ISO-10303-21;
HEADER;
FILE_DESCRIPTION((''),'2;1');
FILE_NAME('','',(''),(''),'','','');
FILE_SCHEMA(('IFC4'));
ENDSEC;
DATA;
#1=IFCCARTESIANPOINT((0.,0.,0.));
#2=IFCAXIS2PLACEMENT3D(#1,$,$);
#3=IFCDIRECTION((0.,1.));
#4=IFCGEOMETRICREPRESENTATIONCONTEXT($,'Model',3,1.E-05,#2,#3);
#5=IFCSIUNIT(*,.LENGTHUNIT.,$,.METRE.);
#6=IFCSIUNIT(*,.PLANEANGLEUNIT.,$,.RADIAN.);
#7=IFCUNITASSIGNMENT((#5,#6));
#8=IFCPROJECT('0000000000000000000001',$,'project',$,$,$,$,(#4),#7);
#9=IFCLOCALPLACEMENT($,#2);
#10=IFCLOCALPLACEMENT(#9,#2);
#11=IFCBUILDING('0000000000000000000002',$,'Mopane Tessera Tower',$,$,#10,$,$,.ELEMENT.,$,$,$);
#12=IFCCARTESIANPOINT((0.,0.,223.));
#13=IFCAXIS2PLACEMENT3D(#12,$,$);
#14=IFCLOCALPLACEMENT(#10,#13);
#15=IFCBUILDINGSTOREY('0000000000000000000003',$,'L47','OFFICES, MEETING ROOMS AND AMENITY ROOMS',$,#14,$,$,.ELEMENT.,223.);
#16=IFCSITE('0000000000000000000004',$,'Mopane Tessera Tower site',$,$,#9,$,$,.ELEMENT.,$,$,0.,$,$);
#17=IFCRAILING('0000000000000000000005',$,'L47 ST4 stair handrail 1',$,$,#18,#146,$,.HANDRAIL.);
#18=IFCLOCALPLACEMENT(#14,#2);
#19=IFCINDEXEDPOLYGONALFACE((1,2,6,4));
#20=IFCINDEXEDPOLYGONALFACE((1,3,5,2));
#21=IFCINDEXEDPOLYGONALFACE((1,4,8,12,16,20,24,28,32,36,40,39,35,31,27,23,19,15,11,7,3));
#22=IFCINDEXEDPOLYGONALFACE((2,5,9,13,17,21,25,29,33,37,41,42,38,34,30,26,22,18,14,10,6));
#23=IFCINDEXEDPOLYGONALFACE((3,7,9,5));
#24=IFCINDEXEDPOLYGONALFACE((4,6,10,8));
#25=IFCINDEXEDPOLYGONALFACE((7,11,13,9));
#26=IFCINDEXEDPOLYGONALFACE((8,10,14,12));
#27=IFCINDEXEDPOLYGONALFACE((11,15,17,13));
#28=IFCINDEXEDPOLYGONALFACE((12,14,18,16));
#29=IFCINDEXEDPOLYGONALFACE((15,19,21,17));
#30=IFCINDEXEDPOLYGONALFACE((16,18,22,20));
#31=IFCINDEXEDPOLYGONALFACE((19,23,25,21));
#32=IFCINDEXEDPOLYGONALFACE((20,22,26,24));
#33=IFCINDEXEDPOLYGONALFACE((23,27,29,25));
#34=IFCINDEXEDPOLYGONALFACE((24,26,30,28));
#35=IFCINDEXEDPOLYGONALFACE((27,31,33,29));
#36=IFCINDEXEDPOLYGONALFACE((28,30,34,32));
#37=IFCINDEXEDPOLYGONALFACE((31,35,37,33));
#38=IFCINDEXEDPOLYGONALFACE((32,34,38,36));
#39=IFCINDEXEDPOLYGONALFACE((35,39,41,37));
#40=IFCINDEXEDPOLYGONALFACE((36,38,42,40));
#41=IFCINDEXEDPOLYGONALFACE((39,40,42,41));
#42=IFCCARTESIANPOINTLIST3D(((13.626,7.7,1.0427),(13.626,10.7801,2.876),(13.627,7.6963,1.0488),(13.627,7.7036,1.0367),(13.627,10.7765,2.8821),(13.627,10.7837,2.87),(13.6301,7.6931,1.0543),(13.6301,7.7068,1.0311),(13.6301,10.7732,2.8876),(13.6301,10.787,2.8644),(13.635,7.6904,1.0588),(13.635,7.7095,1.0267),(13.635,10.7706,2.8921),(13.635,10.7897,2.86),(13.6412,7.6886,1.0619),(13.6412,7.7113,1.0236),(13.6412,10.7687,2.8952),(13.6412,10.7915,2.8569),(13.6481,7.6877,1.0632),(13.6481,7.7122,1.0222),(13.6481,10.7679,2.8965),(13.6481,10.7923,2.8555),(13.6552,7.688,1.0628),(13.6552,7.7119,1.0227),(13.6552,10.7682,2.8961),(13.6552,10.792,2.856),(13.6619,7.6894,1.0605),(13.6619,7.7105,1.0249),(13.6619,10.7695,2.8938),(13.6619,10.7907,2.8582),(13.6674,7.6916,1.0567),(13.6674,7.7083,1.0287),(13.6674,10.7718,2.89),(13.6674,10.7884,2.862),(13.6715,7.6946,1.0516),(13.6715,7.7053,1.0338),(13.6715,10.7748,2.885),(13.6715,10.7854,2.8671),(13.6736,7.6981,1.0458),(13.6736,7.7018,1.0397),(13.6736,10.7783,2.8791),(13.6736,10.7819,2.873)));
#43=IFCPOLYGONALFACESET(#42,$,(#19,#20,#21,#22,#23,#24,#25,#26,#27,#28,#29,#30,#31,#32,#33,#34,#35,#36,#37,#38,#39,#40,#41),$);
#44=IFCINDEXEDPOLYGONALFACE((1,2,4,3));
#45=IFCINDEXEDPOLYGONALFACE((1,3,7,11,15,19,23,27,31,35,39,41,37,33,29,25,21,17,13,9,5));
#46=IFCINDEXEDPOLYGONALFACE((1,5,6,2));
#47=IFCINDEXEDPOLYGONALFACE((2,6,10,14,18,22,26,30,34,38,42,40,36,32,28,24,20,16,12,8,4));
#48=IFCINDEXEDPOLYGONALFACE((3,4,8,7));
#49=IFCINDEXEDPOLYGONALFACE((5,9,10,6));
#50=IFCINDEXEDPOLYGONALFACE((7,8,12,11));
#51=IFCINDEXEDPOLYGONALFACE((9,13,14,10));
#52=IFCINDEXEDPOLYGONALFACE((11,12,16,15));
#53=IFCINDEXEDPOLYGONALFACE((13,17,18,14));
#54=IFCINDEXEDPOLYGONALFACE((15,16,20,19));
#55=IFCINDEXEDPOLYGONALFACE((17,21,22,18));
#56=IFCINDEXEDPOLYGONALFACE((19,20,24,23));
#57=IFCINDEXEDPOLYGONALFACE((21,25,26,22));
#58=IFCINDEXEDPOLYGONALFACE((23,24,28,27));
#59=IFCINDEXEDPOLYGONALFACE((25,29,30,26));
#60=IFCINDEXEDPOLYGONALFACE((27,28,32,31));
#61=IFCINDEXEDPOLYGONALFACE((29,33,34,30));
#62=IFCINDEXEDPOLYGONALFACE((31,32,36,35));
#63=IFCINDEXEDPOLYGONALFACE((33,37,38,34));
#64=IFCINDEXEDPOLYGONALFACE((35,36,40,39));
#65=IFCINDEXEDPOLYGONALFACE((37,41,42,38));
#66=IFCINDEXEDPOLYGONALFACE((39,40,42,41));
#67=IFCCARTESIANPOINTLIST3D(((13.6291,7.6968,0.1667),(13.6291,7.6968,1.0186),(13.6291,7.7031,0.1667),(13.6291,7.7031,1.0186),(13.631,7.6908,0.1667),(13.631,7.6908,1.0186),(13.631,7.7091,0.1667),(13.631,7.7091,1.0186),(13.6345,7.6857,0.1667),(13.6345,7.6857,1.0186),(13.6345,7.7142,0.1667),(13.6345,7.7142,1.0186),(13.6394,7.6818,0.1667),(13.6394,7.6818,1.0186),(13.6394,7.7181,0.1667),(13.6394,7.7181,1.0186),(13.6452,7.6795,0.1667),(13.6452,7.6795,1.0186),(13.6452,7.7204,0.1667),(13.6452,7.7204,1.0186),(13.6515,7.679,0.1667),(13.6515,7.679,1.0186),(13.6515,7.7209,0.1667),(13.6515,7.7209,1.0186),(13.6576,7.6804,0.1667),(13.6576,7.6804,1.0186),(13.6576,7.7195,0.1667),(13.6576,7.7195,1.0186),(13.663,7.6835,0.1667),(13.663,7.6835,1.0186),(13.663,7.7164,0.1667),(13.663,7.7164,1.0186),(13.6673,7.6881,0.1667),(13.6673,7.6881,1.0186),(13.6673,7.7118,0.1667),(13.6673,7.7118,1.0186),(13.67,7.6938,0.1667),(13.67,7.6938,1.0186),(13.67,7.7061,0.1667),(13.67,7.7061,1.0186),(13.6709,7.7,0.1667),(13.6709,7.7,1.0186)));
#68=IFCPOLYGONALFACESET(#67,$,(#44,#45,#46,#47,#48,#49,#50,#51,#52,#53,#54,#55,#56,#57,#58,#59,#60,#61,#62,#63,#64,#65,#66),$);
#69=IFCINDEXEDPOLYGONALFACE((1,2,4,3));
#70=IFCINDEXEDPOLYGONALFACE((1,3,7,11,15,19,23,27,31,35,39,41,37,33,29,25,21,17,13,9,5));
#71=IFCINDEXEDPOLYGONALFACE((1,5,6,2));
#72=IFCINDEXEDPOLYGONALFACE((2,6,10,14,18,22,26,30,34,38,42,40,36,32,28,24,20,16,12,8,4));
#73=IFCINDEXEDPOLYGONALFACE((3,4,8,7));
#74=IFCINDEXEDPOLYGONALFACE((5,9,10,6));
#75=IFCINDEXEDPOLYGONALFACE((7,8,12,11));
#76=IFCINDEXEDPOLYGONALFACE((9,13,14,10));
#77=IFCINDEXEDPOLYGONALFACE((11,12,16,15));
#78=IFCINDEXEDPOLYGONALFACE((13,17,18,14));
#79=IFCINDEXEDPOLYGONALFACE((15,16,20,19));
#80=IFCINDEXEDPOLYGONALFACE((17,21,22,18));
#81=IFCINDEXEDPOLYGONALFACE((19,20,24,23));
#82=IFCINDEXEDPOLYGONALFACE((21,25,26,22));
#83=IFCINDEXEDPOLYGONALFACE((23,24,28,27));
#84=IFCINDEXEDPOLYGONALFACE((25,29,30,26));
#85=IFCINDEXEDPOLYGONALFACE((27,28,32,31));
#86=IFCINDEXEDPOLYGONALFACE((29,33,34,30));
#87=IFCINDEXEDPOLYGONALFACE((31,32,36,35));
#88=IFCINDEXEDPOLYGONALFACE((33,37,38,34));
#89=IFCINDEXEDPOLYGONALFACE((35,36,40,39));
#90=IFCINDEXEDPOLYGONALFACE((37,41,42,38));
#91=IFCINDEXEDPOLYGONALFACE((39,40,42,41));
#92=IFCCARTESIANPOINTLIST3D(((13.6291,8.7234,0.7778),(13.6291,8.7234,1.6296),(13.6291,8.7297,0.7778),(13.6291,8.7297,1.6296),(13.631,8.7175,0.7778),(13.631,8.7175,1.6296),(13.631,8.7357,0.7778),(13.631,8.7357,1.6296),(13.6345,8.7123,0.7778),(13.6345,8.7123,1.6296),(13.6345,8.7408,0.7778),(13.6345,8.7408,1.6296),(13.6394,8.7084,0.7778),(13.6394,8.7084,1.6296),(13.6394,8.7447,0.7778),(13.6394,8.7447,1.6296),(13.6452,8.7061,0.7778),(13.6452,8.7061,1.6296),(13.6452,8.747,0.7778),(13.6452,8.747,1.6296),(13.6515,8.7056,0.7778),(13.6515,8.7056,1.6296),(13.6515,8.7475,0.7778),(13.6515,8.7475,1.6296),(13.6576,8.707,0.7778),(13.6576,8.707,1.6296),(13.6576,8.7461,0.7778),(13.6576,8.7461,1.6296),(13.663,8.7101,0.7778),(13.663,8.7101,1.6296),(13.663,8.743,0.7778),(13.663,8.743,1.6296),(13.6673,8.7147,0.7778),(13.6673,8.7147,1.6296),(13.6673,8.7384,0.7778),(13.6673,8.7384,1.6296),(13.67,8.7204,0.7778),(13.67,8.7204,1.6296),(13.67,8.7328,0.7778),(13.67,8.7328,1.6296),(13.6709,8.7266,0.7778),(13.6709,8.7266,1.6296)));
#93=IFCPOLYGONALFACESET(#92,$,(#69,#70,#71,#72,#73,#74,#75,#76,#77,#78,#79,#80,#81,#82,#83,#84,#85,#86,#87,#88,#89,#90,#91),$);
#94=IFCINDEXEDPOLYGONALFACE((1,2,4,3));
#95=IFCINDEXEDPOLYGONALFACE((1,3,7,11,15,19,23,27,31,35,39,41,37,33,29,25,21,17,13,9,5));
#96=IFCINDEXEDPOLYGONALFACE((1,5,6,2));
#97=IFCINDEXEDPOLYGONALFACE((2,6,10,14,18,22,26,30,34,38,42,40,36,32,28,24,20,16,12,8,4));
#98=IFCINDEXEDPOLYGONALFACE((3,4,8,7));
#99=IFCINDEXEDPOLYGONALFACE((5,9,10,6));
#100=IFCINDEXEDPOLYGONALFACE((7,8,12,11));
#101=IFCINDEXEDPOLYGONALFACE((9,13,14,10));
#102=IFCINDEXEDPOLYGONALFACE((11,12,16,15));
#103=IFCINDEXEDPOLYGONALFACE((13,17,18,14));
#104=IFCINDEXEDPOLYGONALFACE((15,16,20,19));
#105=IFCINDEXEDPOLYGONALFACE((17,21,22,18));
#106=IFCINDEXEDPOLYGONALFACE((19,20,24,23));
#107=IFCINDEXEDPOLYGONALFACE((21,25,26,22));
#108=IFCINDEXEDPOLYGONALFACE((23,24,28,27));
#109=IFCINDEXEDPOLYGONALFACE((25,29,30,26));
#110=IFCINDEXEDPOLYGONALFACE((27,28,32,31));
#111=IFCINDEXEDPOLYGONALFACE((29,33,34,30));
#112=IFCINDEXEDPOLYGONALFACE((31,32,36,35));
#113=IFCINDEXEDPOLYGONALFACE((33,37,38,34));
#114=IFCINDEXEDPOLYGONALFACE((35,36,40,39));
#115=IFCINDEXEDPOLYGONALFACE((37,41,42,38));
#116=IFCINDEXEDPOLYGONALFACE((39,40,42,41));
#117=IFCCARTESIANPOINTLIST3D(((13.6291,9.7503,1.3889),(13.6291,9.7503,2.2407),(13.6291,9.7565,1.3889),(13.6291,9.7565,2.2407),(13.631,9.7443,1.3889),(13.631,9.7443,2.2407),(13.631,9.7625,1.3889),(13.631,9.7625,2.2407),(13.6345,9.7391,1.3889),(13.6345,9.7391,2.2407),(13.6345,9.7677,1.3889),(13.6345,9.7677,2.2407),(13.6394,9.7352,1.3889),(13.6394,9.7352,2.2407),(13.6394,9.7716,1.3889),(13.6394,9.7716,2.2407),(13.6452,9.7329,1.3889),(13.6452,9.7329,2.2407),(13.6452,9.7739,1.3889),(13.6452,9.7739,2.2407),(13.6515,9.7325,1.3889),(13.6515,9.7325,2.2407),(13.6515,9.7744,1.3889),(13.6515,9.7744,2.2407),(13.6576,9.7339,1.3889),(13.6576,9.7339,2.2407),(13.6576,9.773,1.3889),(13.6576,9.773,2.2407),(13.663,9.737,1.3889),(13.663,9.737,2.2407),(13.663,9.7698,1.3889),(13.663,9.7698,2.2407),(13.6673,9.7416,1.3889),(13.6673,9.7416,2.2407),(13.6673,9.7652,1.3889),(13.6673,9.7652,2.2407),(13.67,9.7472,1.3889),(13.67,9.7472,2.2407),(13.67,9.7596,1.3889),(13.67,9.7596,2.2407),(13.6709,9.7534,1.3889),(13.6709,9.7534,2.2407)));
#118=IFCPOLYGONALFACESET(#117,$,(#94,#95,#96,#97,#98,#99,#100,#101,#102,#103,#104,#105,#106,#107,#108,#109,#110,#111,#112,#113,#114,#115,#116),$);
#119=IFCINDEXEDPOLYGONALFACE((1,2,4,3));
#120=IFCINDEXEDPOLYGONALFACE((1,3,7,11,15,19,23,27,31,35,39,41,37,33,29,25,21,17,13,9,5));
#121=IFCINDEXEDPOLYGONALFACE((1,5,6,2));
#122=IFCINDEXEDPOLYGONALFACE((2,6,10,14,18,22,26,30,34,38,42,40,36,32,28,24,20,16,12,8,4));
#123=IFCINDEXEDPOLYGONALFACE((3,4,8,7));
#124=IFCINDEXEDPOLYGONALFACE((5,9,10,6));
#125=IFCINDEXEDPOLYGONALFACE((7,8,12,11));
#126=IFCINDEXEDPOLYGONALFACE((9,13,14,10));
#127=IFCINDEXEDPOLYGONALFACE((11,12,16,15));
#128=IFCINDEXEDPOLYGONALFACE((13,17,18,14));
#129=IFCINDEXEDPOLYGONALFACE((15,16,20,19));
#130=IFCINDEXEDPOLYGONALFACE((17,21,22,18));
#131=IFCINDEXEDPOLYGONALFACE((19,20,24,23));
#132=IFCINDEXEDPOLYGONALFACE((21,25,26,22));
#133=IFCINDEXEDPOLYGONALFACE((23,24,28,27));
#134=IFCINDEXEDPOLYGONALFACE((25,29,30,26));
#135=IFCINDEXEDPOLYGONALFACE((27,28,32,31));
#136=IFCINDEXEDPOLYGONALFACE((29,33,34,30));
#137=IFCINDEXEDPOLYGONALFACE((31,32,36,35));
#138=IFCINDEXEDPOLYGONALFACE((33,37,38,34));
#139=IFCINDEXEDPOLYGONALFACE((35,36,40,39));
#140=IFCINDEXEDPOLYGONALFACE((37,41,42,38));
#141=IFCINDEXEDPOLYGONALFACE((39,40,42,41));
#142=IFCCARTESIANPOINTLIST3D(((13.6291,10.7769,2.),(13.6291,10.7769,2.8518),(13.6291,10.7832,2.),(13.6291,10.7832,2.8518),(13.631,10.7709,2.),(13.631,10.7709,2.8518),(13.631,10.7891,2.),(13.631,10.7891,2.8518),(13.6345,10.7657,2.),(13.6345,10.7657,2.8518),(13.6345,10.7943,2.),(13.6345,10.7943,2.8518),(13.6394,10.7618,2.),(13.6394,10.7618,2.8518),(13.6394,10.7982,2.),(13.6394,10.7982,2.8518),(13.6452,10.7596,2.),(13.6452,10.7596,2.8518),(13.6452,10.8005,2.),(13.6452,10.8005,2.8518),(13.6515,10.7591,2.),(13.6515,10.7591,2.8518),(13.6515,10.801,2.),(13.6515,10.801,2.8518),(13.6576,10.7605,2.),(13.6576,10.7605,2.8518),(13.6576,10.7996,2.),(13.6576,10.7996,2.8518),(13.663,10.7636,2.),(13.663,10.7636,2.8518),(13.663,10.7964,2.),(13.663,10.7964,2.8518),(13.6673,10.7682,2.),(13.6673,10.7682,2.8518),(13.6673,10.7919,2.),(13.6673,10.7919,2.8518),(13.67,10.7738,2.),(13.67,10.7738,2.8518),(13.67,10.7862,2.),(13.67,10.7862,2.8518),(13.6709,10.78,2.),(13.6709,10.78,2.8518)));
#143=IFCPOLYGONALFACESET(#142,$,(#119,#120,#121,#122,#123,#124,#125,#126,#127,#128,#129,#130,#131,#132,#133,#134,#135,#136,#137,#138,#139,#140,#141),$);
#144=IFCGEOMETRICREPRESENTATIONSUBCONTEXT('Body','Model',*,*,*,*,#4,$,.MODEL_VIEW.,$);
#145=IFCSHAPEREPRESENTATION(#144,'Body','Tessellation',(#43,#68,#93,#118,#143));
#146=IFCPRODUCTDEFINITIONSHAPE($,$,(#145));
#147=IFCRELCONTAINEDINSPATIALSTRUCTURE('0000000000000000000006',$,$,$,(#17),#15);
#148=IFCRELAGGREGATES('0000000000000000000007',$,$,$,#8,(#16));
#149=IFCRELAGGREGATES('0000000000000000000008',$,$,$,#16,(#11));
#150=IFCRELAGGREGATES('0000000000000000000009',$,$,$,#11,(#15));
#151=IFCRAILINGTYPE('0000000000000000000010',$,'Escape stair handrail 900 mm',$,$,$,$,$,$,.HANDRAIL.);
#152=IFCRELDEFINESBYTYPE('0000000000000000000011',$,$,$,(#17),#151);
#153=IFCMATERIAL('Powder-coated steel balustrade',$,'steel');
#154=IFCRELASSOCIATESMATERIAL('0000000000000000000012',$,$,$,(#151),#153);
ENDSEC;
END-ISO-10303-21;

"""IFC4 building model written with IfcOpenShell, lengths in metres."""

from ifc_helpers import new_model, si_unit, direction, frame, origin, origin_2d, place, context, subcontext, project, spatial, circle, extrude, material, type_object, element, save


model = new_model("IFC4")

# Units and contexts
model_context = context("Model", 3, precision=1e-05, world=origin(), true_north=direction((0.0, 1.0)))
body_context = subcontext(model_context, "Body", "Model", "MODEL_VIEW")
ifc_project = project(units=[si_unit("LENGTHUNIT", "METRE"), si_unit("PLANEANGLEUNIT", "RADIAN")], contexts=[model_context])

# Site, building, storey
site_placement = place(None, origin())
site = spatial("IfcSite", under=ifc_project, at=site_placement, Name="Mopane Tessera Tower site", CompositionType="ELEMENT", RefElevation=0.0)
building_placement = place(site_placement, origin())
building = spatial("IfcBuilding", under=site, at=building_placement, Name="Mopane Tessera Tower", CompositionType="ELEMENT")
storey_placement = place(building_placement, frame((0.0, 0.0, 223.0)))
storey = spatial("IfcBuildingStorey", under=building, at=storey_placement, Name="L47", Description="OFFICES, MEETING ROOMS AND AMENITY ROOMS", CompositionType="ELEMENT", Elevation=223.0)

# Railing
ifc_material_1 = material(Name="Powder-coated steel balustrade", Category="steel")
railing_type_1 = type_object("IfcRailingType", Name="Escape stair handrail 900 mm", PredefinedType="HANDRAIL", material=ifc_material_1)
railing_1_placement = place(storey_placement, frame((13.6499, 7.7, 0.1667)))
element("IfcRailing", 1, at=railing_1_placement, inside=storey, type_object=railing_type_1, Name="L47 ST4 stair handrail 1", PredefinedType="HANDRAIL", context=body_context, shape_type="SweptSolid", body=[
    extrude(circle(Radius=0.0239, at=origin_2d()), frame((0.0, 0.0, 0.876), z_axis=(0.0, 0.859309, 0.511458), x_axis=(-1.0, 0.0, 0.0)), (0.0, 0.0, 1.0), 3.5845),
    extrude(circle(Radius=0.021, at=origin_2d()), origin(), (0.0, 0.0, 1.0), 0.8518),
    extrude(circle(Radius=0.021, at=origin_2d()), frame((0.0, 1.0266, 0.6111)), (0.0, 0.0, 1.0), 0.8518),
    extrude(circle(Radius=0.021, at=origin_2d()), frame((0.0, 2.0535, 1.2222)), (0.0, 0.0, 1.0), 0.8518),
    extrude(circle(Radius=0.021, at=origin_2d()), frame((0.0, 3.0801, 1.8333)), (0.0, 0.0, 1.0), 0.8518),
])

save(model, "model.ifc")
